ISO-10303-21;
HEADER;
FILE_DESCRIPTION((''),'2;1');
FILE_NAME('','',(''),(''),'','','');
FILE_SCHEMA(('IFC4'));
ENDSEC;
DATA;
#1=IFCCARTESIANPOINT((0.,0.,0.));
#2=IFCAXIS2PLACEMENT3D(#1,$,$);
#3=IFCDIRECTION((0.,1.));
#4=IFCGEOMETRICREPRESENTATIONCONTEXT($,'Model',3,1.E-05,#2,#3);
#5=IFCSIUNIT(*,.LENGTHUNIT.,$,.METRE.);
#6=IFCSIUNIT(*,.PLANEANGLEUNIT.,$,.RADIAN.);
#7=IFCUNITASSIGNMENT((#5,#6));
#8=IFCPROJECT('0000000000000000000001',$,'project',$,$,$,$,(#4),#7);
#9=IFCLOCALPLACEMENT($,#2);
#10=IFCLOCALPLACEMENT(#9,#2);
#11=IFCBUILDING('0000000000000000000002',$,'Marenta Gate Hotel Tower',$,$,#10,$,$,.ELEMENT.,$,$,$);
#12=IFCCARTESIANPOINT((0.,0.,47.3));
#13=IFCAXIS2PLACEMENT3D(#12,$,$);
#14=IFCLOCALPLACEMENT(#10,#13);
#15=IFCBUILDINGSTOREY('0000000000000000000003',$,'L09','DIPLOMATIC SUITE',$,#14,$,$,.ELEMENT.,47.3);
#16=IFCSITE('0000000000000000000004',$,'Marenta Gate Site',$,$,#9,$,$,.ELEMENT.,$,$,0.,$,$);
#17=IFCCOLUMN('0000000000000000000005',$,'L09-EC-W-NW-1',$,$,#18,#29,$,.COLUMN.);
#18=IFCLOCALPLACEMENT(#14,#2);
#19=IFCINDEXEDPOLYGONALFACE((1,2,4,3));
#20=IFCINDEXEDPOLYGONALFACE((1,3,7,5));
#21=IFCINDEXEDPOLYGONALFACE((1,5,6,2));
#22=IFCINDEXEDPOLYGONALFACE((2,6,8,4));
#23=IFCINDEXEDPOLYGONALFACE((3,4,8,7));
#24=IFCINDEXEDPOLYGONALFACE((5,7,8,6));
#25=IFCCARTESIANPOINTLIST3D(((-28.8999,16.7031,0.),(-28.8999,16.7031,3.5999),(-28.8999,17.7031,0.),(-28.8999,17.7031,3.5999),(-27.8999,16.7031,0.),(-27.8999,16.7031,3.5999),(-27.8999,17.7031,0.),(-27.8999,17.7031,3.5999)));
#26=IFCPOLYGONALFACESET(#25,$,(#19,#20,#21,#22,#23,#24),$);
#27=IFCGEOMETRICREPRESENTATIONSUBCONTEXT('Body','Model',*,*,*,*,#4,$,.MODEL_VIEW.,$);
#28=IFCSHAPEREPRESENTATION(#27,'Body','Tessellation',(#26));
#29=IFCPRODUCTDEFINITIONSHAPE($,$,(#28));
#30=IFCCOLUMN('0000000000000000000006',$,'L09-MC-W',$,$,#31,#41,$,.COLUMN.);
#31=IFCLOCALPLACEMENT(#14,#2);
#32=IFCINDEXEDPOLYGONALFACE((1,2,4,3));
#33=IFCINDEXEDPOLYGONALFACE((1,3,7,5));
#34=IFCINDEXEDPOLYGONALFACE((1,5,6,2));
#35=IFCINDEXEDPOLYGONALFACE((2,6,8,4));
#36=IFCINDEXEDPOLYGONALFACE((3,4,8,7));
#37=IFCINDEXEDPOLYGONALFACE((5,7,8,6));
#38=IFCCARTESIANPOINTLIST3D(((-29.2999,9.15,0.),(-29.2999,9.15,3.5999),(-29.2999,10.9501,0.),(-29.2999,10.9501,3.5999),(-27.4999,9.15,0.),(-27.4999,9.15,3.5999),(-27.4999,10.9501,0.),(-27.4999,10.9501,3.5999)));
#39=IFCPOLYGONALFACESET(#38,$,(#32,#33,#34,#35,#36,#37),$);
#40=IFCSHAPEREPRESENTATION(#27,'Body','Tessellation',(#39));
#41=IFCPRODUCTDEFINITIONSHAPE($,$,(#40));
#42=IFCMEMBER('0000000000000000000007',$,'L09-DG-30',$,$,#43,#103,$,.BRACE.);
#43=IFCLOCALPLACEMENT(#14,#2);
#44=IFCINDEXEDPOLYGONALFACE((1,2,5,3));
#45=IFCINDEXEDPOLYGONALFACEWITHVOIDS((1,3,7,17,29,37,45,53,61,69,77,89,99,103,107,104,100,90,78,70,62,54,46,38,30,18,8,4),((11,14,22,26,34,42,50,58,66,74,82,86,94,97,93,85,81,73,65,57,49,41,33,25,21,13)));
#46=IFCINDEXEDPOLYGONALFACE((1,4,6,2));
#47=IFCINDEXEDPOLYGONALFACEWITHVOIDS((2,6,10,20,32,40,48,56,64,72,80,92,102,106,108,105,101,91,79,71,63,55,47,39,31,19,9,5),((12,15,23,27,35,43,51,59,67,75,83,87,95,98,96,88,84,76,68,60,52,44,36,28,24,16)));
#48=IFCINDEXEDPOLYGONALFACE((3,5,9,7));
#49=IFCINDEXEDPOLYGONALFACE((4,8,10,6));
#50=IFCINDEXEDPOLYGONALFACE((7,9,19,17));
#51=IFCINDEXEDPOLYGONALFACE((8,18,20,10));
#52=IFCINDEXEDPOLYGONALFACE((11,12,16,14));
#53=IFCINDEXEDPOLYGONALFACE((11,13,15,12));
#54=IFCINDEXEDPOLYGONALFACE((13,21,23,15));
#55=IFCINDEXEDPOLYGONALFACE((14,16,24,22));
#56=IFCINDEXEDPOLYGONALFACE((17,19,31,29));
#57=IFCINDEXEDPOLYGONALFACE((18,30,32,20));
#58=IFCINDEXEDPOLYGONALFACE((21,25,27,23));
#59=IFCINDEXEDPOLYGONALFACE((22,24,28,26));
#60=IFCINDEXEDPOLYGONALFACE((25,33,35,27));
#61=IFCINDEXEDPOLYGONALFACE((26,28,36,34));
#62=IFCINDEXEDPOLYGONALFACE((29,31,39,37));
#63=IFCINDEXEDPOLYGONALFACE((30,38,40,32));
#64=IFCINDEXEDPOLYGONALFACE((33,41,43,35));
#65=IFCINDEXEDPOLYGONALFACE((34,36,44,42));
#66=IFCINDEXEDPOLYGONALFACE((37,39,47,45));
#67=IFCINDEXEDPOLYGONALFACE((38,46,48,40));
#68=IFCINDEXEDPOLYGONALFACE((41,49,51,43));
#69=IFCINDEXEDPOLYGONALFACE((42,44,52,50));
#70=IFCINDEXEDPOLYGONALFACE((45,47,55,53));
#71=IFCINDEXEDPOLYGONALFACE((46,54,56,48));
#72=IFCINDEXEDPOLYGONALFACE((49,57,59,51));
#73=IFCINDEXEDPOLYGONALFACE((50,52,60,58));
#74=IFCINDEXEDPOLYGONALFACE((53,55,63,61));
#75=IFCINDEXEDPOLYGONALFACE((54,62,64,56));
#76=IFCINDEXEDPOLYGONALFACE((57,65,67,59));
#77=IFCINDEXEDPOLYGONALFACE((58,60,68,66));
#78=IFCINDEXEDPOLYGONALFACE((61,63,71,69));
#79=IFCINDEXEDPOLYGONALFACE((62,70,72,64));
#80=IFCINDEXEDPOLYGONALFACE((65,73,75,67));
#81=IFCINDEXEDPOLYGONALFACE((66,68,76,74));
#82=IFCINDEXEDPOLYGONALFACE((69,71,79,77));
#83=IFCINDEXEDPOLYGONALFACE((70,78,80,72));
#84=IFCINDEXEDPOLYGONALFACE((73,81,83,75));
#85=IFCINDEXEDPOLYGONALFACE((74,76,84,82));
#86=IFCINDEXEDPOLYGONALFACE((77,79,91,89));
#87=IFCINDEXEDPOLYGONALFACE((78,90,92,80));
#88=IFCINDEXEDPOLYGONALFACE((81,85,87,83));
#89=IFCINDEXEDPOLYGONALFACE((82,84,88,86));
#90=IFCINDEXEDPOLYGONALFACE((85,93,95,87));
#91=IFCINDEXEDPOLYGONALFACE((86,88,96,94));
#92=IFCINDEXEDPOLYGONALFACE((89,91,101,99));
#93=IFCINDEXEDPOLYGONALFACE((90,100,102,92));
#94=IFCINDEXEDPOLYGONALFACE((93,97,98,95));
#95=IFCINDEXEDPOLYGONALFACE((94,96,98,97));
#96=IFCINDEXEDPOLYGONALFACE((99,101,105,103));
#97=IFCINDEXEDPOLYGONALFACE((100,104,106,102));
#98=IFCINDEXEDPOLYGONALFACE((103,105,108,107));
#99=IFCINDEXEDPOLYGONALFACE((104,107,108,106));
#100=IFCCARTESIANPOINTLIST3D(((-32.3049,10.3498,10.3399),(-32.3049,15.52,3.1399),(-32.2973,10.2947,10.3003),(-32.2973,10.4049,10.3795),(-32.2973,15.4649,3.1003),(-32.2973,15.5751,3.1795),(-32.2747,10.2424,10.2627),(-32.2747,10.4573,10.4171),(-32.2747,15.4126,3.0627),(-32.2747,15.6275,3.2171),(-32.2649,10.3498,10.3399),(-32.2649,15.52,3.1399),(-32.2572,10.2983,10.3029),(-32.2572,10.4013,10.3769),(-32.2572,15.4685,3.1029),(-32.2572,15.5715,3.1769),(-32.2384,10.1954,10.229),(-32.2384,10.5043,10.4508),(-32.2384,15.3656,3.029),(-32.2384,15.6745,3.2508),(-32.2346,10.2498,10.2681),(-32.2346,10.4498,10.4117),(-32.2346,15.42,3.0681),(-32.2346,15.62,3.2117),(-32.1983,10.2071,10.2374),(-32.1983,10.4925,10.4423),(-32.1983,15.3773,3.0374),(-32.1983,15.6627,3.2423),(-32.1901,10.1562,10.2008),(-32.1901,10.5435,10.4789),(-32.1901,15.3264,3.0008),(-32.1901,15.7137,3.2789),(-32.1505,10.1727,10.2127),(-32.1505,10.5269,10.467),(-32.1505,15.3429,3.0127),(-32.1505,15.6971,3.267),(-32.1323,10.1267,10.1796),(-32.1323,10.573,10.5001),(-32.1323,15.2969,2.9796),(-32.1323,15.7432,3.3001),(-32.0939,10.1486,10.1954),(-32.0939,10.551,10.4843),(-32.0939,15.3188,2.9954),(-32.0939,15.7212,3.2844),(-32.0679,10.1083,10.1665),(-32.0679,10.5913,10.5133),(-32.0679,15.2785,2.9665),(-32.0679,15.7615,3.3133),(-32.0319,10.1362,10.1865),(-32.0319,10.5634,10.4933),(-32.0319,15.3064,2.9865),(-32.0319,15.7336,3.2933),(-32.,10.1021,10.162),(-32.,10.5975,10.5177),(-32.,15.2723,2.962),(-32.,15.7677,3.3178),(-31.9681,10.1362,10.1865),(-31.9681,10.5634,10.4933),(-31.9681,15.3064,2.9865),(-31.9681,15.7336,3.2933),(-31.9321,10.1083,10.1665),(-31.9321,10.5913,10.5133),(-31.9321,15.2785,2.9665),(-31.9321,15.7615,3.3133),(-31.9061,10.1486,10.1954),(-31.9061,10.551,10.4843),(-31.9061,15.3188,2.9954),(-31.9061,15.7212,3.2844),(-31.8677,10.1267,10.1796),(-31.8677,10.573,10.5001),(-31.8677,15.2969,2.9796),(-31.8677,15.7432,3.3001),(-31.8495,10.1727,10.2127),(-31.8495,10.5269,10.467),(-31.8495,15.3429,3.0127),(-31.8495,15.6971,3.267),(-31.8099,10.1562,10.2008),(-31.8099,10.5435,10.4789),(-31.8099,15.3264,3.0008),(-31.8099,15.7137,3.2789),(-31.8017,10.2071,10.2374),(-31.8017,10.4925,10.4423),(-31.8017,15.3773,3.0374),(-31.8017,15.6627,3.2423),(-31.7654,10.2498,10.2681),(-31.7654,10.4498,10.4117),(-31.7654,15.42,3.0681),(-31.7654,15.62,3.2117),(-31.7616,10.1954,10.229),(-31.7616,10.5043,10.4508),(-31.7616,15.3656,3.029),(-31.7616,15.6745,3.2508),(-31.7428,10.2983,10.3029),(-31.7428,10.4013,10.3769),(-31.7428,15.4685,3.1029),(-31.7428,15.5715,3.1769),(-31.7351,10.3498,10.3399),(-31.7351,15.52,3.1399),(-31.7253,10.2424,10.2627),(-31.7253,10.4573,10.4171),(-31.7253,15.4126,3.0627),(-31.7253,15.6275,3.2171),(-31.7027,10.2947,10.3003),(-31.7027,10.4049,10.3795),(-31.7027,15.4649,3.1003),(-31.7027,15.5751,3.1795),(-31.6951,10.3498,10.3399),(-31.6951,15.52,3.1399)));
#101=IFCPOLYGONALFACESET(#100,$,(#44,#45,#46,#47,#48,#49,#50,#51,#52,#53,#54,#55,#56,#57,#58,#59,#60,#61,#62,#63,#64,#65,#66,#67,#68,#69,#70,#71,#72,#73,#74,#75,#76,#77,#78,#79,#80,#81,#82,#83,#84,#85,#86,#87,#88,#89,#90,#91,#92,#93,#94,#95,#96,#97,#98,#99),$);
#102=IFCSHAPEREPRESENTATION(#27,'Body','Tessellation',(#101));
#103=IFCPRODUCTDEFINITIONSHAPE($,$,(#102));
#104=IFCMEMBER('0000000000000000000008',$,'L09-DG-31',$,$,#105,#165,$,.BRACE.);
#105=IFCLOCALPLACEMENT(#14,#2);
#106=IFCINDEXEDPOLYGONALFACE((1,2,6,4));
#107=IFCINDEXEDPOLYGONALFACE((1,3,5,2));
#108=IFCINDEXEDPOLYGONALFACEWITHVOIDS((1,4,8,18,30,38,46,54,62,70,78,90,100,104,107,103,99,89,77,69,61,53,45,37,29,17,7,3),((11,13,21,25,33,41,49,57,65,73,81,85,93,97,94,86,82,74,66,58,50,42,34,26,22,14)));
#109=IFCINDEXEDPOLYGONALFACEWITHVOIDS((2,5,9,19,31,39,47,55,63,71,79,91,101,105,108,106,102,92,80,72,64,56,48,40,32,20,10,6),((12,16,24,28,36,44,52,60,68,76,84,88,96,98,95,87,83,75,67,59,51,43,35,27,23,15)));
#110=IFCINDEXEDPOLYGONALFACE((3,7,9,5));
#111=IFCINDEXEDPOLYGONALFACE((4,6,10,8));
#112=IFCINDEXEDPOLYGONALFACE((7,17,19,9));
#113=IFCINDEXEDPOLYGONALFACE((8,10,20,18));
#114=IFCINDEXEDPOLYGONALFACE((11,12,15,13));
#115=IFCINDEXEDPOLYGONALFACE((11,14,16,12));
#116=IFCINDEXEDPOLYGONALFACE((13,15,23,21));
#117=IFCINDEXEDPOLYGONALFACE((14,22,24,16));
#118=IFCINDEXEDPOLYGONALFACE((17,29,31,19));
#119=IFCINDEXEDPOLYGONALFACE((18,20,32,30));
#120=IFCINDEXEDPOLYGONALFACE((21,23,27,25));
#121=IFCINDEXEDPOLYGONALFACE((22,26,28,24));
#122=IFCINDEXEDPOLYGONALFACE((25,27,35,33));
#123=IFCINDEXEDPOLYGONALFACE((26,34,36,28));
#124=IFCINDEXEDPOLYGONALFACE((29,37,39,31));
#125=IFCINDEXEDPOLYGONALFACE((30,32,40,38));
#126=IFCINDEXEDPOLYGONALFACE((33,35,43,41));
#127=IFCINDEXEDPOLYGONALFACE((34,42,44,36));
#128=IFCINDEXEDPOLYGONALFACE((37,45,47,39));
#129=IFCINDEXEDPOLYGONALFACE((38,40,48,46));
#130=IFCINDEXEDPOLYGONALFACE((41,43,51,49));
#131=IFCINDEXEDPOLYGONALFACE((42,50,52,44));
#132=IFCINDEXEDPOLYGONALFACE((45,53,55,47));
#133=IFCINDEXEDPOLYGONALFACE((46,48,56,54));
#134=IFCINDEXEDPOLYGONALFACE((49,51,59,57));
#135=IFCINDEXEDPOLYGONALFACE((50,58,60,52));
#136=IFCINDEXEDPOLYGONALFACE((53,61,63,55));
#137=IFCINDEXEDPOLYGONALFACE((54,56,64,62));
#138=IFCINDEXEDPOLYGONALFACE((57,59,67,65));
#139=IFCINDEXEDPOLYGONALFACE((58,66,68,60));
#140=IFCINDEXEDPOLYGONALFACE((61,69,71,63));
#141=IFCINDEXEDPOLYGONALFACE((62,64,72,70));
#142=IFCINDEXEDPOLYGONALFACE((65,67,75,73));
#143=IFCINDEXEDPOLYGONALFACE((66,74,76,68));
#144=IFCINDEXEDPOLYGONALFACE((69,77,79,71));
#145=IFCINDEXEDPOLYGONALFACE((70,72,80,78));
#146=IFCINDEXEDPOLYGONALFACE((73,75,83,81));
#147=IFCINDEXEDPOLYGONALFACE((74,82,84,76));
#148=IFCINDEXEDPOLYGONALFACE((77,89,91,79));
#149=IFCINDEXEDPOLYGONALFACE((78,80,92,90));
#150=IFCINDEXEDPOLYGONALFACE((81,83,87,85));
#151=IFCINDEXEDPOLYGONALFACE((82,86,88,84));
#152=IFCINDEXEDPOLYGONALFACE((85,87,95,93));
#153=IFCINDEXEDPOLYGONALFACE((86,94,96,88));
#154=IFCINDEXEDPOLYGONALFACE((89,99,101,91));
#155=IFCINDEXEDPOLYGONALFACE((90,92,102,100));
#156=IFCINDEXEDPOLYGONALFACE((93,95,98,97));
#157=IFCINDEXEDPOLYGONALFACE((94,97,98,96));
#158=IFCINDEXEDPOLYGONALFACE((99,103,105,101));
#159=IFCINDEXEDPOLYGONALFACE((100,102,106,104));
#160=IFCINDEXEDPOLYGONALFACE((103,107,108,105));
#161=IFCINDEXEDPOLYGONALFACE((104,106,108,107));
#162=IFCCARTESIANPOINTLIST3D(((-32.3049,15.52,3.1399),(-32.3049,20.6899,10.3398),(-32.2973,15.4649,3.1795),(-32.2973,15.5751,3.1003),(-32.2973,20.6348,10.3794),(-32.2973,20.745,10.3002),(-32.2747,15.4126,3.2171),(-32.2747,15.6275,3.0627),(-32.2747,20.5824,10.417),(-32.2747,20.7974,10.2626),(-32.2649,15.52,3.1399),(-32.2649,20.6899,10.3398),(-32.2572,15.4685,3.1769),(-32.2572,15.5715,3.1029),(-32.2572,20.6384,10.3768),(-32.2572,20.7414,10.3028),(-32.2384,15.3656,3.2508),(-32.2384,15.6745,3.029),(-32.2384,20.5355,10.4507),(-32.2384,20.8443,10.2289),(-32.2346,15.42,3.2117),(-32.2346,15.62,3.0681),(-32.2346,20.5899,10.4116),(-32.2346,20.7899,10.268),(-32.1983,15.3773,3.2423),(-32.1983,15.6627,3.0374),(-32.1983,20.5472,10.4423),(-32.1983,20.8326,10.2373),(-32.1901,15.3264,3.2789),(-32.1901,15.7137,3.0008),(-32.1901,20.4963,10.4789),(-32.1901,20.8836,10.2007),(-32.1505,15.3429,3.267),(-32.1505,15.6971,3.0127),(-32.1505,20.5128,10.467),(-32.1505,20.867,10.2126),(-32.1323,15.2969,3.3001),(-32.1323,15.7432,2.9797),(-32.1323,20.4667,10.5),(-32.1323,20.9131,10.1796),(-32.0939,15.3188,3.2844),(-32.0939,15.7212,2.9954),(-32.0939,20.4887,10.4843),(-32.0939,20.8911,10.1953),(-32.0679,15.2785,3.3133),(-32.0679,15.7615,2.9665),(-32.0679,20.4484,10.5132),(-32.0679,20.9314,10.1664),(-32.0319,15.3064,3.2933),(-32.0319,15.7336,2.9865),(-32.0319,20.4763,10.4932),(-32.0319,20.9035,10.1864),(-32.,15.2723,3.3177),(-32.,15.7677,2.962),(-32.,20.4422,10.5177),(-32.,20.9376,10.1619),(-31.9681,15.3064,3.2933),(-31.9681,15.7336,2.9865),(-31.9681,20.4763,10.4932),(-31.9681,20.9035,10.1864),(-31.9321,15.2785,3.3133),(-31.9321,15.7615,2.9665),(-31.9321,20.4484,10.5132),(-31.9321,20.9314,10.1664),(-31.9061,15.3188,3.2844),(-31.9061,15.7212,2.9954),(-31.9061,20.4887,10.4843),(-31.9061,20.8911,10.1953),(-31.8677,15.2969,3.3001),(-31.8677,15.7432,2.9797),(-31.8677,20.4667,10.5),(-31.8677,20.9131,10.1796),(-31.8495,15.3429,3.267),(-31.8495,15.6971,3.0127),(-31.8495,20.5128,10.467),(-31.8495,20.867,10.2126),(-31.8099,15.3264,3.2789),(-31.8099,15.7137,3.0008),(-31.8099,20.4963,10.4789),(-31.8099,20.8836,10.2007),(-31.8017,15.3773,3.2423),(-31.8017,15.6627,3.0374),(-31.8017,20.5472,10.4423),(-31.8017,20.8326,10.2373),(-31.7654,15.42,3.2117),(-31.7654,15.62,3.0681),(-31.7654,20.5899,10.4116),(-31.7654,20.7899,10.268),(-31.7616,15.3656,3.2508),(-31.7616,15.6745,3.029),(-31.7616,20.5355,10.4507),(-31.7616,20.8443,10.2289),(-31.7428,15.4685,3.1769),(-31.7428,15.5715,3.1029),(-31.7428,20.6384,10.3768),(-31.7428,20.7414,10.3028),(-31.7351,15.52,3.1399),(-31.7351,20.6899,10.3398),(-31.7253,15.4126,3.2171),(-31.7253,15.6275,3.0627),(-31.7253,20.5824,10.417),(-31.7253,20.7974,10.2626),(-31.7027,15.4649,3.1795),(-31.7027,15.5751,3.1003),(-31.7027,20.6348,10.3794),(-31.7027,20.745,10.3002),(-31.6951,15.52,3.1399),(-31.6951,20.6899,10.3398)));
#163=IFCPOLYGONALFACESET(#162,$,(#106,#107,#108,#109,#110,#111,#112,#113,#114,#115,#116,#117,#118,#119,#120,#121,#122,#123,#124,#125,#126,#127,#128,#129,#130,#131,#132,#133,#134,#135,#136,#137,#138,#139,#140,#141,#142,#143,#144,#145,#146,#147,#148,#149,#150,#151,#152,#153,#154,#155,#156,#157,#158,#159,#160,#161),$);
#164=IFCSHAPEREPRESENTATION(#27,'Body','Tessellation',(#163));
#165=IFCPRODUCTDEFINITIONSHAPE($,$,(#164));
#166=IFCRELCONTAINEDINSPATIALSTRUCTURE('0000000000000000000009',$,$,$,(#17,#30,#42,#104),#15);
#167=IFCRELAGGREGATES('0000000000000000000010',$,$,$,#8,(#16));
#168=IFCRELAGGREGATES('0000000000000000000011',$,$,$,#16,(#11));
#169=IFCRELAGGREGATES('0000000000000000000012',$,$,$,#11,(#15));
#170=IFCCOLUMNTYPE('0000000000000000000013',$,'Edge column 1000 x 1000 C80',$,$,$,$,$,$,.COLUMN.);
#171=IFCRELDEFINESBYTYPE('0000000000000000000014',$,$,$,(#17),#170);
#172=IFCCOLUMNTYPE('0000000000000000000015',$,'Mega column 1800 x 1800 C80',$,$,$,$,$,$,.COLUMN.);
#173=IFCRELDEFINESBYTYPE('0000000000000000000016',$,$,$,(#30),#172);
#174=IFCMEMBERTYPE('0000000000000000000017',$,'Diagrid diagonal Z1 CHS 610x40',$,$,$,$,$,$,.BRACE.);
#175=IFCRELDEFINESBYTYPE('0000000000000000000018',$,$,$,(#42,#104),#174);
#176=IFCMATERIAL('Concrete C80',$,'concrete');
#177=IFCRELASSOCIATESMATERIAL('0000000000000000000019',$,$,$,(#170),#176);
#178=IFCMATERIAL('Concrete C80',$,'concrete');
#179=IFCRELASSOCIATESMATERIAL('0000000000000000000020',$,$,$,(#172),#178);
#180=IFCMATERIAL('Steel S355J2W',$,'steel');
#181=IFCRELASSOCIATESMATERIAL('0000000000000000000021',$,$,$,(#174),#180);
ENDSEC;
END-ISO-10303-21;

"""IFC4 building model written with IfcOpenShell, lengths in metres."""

from ifc_helpers import new_model, si_unit, direction, frame, origin, origin_2d, place, context, subcontext, project, spatial, rectangle, hollow_circle, extrude, material, material_profile, profile_set, type_object, element, save


model = new_model("IFC4")

# Units and contexts
model_context = context("Model", 3, precision=1e-05, world=origin(), true_north=direction((0.0, 1.0)))
body_context = subcontext(model_context, "Body", "Model", "MODEL_VIEW")
ifc_project = project(units=[si_unit("LENGTHUNIT", "METRE"), si_unit("PLANEANGLEUNIT", "RADIAN")], contexts=[model_context])

# Site, building, storey
site_placement = place(None, origin())
site = spatial("IfcSite", under=ifc_project, at=site_placement, Name="Marenta Gate Site", CompositionType="ELEMENT", RefElevation=0.0)
building_placement = place(site_placement, origin())
building = spatial("IfcBuilding", under=site, at=building_placement, Name="Marenta Gate Hotel Tower", CompositionType="ELEMENT")
storey_placement = place(building_placement, frame((0.0, 0.0, 47.3)))
storey = spatial("IfcBuildingStorey", under=building, at=storey_placement, Name="L09", Description="DIPLOMATIC SUITE", CompositionType="ELEMENT", Elevation=47.3)

# Columns
ifc_material_1 = material(Name="Concrete C80", Category="concrete")
ifc_material_profile_1 = material_profile(ifc_material_1, rectangle(XDim=1.0, YDim=1.0, at=origin_2d()), Name="1000 x 1000")
ifc_profile_set_1 = profile_set([ifc_material_profile_1], Name="Concrete C80")
column_type_1 = type_object("IfcColumnType", Name="Edge column 1000 x 1000 C80", PredefinedType="COLUMN", material=ifc_profile_set_1)
column_1_placement = place(storey_placement, frame((-28.3999, 17.2031, 0.0), z_axis=(0.0, 0.0, 1.0), x_axis=(1.0, 0.0, 0.0)))
element("IfcColumn", 1, at=column_1_placement, inside=storey, type_object=column_type_1, Name="L09-EC-W-NW-1", PredefinedType="COLUMN", context=body_context, shape_type="SweptSolid", body=[
    extrude(rectangle(XDim=1.0, YDim=1.0, at=origin_2d()), origin(), (0.0, 0.0, 1.0), 3.5999),
])
ifc_material_2 = material(Name="Concrete C80", Category="concrete")
ifc_material_profile_2 = material_profile(ifc_material_2, rectangle(XDim=1.8, YDim=1.8, at=origin_2d()), Name="1800 x 1800")
ifc_profile_set_2 = profile_set([ifc_material_profile_2], Name="Concrete C80")
column_type_2 = type_object("IfcColumnType", Name="Mega column 1800 x 1800 C80", PredefinedType="COLUMN", material=ifc_profile_set_2)
column_2_placement = place(storey_placement, frame((-28.3999, 10.05, 0.0), z_axis=(0.0, 0.0, 1.0), x_axis=(1.0, 0.0, 0.0)))
element("IfcColumn", 2, at=column_2_placement, inside=storey, type_object=column_type_2, Name="L09-MC-W", PredefinedType="COLUMN", context=body_context, shape_type="SweptSolid", body=[
    extrude(rectangle(XDim=1.8, YDim=1.8, at=origin_2d()), origin(), (0.0, 0.0, 1.0), 3.5999),
])

# Members
ifc_material_3 = material(Name="Steel S355J2W", Category="steel")
ifc_material_profile_3 = material_profile(ifc_material_3, hollow_circle(Radius=0.3049, WallThickness=0.04, at=origin_2d()), Name="CHS 610x40")
ifc_profile_set_3 = profile_set([ifc_material_profile_3], Name="Steel S355J2W")
member_type_1 = type_object("IfcMemberType", Name="Diagrid diagonal Z1 CHS 610x40", PredefinedType="BRACE", material=ifc_profile_set_3)
member_1_placement = place(storey_placement, frame((-32.0, 15.52, 3.1399), z_axis=(0.0, -0.583279, 0.812272), x_axis=(1.0, 0.0, 0.0)))
element("IfcMember", 3, at=member_1_placement, inside=storey, type_object=member_type_1, Name="L09-DG-30", PredefinedType="BRACE", context=body_context, shape_type="SweptSolid", body=[
    extrude(hollow_circle(Radius=0.3049, WallThickness=0.04, at=origin_2d()), origin(), (0.0, 0.0, 1.0), 8.864),
])
member_2_placement = place(storey_placement, frame((-32.0, 15.52, 3.1399), z_axis=(0.0, 0.583261, 0.812285), x_axis=(-1.0, 0.0, 0.0)))
element("IfcMember", 4, at=member_2_placement, inside=storey, type_object=member_type_1, Name="L09-DG-31", PredefinedType="BRACE", context=body_context, shape_type="SweptSolid", body=[
    extrude(hollow_circle(Radius=0.3049, WallThickness=0.04, at=origin_2d()), origin(), (0.0, 0.0, 1.0), 8.8638),
])

save(model, "model.ifc")
